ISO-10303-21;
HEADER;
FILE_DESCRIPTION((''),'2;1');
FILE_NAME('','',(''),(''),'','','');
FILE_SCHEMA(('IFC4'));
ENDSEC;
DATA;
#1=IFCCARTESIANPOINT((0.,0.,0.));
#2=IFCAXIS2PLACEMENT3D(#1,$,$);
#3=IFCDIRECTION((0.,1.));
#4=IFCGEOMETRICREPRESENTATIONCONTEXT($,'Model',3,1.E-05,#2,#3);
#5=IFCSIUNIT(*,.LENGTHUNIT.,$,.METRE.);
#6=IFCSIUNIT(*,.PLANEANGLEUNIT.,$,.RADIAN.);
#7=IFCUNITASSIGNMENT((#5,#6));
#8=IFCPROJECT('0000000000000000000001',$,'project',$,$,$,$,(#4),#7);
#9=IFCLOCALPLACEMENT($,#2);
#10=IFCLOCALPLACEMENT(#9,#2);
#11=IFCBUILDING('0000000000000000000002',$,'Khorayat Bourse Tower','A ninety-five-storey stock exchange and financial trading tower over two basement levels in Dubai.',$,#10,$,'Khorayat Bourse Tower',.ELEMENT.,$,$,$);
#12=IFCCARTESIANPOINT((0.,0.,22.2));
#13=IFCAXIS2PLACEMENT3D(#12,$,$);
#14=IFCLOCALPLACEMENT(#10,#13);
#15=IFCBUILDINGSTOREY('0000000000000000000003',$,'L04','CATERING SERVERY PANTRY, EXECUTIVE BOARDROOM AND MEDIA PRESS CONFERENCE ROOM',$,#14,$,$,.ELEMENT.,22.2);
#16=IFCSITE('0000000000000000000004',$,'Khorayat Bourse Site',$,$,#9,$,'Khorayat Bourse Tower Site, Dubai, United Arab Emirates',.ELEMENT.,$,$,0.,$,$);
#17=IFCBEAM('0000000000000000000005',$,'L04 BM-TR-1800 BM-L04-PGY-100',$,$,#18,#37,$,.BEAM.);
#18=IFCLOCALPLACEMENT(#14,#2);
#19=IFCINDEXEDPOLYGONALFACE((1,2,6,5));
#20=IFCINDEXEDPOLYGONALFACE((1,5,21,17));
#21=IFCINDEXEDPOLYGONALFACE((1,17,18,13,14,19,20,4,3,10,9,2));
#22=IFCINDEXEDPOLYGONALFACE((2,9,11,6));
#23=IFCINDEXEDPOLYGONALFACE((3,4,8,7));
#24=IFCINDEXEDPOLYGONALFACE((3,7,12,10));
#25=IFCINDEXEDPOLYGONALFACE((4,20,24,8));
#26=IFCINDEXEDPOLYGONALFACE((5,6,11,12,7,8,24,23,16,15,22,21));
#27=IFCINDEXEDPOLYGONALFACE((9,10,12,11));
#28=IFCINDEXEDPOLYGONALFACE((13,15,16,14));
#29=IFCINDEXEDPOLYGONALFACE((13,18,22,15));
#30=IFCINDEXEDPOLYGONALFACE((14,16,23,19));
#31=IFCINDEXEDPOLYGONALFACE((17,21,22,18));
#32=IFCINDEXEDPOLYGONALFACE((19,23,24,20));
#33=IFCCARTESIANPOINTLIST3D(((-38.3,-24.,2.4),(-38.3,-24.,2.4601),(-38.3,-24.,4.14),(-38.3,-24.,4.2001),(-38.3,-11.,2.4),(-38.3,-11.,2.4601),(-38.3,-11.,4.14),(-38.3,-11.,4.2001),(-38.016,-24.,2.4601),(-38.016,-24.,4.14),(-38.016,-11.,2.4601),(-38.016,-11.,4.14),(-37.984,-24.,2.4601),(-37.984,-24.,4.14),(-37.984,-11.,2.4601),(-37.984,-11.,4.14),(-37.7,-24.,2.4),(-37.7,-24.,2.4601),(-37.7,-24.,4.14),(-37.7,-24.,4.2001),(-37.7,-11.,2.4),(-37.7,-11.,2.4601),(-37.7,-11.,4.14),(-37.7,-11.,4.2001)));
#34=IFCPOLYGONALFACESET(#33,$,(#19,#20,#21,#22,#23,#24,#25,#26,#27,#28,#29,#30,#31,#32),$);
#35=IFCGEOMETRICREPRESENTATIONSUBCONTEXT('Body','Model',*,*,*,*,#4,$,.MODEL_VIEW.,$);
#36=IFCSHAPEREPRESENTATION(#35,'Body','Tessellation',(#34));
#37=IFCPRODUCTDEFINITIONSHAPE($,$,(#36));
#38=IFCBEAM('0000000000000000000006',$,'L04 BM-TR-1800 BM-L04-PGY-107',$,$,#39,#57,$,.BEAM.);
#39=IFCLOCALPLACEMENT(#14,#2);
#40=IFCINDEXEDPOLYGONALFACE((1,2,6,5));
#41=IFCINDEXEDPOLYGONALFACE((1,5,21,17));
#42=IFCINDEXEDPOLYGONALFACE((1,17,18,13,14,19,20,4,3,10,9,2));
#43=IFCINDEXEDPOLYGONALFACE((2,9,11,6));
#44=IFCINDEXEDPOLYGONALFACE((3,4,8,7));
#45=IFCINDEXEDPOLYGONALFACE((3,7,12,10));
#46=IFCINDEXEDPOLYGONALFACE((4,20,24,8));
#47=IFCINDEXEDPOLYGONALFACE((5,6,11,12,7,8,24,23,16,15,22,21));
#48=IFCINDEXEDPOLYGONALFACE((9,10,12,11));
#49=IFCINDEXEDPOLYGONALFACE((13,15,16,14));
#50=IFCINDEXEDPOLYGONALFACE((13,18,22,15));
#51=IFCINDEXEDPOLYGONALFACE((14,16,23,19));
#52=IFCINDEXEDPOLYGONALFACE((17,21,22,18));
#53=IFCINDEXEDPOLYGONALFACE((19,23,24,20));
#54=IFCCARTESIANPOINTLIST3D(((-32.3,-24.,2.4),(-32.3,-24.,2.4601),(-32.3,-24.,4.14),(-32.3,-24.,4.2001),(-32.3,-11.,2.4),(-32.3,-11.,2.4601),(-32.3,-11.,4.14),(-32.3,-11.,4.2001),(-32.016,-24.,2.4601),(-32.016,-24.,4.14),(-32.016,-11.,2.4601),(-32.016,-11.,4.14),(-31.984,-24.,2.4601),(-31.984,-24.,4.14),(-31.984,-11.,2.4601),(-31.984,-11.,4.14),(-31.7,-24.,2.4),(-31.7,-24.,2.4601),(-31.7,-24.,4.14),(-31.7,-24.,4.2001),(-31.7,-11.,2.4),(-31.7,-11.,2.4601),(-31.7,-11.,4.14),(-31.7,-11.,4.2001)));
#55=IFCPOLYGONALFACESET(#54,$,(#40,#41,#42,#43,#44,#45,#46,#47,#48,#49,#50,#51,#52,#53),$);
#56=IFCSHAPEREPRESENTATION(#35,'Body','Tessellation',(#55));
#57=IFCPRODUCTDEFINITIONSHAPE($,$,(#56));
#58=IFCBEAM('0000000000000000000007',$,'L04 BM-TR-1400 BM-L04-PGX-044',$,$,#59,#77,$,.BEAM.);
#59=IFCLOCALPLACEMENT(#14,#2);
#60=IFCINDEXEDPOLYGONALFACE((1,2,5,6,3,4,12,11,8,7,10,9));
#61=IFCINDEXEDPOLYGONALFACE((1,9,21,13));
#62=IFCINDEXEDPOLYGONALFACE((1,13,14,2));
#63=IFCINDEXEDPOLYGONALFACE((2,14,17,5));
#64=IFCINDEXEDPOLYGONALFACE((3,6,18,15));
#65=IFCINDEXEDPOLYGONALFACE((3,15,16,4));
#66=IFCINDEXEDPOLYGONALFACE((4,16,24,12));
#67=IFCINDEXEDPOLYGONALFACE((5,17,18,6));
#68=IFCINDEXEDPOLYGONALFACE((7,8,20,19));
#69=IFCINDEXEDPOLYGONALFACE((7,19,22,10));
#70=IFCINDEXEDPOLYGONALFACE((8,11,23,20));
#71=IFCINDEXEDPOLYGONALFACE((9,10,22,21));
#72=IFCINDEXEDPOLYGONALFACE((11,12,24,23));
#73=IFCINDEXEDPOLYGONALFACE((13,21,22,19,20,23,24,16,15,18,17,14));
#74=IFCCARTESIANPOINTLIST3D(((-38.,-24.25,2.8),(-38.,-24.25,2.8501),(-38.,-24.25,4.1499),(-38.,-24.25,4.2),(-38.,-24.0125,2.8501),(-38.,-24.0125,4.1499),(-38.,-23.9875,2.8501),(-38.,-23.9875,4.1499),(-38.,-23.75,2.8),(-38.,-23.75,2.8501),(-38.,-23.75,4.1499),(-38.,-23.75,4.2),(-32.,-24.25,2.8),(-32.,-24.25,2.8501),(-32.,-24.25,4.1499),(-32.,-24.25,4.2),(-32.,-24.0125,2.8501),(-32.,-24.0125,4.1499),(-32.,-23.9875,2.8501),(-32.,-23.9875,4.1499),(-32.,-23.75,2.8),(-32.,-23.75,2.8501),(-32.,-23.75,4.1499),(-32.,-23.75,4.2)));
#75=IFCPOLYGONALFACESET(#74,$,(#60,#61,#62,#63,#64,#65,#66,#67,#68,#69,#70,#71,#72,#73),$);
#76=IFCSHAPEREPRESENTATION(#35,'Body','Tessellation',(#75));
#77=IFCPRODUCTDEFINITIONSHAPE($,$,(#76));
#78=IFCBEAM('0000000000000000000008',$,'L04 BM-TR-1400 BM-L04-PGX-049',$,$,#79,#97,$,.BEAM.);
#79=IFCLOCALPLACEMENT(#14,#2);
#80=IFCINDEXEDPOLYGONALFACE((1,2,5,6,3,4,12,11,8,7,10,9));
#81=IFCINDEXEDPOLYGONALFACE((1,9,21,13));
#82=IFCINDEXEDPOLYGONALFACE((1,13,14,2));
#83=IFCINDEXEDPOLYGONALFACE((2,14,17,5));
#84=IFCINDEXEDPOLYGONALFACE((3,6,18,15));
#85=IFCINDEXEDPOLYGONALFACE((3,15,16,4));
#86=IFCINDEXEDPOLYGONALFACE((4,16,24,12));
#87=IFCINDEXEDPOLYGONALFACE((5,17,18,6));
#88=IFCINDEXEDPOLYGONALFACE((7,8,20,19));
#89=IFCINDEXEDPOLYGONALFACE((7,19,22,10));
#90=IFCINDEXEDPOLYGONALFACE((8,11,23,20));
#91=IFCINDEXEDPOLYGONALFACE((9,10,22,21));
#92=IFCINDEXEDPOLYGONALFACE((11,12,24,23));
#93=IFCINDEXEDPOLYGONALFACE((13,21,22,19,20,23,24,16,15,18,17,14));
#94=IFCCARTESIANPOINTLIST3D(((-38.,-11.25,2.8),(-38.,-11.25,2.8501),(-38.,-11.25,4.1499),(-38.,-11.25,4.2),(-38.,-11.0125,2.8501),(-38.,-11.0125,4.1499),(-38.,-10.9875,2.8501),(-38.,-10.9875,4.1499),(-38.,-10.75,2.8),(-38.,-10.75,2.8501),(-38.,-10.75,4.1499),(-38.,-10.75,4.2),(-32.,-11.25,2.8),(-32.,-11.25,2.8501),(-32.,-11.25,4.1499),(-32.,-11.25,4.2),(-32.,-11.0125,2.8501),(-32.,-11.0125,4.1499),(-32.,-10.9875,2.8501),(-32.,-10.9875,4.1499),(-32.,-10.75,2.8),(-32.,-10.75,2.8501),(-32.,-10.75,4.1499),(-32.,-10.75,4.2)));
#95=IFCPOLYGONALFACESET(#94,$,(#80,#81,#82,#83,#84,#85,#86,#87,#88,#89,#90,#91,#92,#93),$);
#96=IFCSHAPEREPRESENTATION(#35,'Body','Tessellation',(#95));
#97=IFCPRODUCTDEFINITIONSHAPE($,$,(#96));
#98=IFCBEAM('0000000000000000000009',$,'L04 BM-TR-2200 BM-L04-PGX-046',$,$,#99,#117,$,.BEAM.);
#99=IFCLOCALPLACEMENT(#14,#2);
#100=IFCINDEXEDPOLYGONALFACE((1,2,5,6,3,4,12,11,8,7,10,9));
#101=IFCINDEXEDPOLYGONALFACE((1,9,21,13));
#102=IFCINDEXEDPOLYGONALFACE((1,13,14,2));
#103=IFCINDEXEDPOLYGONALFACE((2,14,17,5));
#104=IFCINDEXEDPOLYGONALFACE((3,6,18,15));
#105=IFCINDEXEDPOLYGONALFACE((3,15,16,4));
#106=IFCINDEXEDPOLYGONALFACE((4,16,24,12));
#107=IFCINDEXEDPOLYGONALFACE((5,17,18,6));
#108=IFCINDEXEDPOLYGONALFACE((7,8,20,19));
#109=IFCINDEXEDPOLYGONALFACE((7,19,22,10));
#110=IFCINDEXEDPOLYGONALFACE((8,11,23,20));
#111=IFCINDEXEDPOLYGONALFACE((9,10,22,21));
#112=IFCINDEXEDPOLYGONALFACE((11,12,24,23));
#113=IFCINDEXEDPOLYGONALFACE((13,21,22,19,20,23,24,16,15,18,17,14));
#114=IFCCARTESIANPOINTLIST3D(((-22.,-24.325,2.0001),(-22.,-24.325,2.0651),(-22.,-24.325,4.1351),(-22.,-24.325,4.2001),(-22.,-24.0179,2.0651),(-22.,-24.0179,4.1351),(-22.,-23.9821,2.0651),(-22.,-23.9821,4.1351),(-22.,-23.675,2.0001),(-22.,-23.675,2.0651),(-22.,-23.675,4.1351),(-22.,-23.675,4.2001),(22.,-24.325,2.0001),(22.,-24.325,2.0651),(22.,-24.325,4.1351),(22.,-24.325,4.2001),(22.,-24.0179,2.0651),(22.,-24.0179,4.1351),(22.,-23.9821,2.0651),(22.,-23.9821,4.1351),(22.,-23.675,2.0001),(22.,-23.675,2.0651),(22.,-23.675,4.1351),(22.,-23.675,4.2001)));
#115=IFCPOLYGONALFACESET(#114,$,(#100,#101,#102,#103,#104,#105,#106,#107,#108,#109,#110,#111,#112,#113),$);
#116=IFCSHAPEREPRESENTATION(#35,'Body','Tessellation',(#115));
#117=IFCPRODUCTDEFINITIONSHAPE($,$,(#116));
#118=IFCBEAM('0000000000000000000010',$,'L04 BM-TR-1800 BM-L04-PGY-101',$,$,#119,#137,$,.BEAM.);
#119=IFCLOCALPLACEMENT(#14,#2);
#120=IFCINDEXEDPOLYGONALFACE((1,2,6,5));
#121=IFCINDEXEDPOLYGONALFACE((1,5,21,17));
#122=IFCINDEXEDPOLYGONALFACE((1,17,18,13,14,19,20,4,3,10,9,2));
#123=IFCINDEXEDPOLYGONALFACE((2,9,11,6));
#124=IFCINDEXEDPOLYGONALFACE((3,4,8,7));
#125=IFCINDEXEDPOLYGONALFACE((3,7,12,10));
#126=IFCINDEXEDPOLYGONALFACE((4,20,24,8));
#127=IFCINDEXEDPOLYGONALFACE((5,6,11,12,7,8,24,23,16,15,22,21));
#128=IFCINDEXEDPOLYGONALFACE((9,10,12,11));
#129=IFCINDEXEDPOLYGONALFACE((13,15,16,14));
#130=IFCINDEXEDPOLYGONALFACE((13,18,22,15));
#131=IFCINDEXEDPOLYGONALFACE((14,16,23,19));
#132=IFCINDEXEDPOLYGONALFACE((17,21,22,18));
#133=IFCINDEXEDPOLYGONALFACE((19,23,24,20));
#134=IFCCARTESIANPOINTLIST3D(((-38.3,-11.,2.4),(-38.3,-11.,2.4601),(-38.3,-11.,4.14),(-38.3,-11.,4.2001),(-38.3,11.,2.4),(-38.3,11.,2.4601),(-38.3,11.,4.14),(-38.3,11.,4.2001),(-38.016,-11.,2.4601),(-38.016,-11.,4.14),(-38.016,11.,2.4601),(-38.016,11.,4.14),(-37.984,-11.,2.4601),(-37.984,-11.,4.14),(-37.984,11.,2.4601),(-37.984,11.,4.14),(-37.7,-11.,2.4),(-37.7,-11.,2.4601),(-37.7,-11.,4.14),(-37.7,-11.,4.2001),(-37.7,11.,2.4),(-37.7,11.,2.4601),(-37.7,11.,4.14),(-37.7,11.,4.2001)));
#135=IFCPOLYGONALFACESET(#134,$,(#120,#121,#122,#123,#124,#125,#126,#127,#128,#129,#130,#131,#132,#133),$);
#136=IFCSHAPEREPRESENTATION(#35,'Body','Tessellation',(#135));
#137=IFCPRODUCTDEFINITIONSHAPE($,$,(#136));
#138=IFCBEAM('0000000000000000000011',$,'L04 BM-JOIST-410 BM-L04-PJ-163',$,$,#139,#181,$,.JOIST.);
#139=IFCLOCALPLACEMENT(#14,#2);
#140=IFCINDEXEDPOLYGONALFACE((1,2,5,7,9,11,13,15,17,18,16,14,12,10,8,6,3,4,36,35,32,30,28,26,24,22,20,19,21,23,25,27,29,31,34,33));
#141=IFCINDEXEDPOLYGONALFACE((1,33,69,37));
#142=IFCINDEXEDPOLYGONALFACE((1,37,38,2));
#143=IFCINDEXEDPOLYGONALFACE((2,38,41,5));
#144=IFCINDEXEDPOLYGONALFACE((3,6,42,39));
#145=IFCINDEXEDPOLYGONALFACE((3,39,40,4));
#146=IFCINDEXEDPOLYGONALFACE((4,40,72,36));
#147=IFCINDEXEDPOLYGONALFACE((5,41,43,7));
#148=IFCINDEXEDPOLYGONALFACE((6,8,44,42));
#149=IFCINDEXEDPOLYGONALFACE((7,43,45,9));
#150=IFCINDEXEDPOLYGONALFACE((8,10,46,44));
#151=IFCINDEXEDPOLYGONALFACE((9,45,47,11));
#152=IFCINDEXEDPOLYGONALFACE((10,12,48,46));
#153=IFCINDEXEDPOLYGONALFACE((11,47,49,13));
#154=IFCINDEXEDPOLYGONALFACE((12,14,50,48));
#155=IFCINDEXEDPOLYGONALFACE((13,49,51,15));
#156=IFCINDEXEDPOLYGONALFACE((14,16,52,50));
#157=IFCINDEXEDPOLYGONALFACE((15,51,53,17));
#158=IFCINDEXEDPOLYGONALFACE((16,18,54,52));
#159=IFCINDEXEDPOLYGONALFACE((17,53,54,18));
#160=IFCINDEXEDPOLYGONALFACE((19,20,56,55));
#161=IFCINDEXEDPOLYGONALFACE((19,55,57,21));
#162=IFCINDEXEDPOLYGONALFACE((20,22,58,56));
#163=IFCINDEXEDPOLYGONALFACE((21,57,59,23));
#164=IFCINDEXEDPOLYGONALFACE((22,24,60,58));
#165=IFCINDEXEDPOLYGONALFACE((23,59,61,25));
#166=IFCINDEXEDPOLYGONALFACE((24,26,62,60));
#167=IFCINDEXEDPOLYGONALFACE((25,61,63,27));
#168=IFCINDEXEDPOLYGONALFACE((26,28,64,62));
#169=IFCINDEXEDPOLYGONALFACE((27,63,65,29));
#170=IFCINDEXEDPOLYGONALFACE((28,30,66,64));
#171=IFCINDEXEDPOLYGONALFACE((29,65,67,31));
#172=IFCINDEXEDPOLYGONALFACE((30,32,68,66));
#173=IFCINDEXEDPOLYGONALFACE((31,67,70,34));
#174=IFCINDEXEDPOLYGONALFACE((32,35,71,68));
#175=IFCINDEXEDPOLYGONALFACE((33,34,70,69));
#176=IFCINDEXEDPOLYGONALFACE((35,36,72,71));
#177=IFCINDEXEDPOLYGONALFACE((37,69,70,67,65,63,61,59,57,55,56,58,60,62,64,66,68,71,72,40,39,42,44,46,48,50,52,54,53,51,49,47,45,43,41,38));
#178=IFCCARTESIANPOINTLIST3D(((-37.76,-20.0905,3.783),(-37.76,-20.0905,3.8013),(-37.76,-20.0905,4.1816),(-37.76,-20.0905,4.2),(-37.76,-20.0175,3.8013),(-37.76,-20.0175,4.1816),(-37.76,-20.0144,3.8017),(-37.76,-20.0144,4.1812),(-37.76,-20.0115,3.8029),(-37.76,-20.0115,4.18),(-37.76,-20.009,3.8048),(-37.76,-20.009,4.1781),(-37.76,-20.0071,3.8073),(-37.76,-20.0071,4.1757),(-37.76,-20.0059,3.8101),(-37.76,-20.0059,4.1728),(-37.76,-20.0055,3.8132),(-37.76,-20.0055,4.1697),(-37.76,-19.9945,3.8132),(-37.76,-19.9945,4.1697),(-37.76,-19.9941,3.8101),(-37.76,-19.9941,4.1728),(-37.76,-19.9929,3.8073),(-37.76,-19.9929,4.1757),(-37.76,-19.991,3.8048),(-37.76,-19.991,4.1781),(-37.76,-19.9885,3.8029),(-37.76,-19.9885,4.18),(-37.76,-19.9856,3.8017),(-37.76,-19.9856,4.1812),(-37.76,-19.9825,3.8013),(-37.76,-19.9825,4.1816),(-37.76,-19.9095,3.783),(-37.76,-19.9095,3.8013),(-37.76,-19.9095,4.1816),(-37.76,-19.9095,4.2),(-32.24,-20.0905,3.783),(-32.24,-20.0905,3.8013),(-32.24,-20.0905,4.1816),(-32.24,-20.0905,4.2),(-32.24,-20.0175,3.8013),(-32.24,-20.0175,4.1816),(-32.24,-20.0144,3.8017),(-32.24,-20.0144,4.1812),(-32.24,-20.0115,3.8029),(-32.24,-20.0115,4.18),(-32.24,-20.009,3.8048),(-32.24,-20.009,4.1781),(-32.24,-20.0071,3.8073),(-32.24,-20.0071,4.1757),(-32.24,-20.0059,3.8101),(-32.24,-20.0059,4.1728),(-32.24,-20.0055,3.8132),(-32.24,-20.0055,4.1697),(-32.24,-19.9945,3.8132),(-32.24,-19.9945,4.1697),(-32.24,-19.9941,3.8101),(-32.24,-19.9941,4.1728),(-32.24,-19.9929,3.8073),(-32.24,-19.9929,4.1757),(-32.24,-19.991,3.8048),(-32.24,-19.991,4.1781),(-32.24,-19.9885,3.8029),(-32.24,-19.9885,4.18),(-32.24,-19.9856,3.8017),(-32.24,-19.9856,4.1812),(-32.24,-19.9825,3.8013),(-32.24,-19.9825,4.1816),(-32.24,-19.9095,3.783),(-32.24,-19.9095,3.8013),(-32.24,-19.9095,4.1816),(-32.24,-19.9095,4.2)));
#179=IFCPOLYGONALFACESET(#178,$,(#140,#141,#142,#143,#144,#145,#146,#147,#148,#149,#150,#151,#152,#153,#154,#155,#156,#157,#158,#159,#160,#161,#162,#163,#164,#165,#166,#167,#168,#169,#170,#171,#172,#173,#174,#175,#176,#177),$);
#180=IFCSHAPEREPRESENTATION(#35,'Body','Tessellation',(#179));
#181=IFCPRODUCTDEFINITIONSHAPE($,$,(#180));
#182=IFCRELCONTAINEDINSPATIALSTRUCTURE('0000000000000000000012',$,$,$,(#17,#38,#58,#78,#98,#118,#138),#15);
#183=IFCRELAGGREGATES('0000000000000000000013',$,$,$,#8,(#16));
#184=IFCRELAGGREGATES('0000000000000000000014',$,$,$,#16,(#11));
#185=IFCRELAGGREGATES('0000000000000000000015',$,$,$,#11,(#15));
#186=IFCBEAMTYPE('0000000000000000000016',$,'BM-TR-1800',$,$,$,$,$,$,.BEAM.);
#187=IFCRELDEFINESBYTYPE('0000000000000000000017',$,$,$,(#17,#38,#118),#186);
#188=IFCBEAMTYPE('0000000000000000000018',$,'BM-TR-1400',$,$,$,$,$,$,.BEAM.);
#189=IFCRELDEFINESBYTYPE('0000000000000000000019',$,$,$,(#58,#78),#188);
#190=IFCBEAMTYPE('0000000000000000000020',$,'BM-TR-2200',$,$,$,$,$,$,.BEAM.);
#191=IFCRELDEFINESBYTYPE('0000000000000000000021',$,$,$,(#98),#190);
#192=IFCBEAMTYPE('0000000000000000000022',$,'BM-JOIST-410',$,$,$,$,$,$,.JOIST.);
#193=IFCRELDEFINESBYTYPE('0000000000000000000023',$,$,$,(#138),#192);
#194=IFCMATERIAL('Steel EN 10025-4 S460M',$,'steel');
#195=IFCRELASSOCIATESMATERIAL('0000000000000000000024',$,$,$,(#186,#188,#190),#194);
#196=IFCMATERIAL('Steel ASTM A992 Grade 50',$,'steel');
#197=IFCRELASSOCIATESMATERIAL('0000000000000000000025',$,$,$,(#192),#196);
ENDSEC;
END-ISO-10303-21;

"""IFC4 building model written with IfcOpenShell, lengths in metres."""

from ifc_helpers import new_model, si_unit, direction, frame, origin, origin_2d, place, context, subcontext, project, spatial, i_section, extrude, source, transform, mapped, material, material_profile, profile_set, type_object, element, save


model = new_model("IFC4")

# Units and contexts
model_context = context("Model", 3, precision=1e-05, world=origin(), true_north=direction((0.0, 1.0)))
body_context = subcontext(model_context, "Body", "Model", "MODEL_VIEW")
ifc_project = project(units=[si_unit("LENGTHUNIT", "METRE"), si_unit("PLANEANGLEUNIT", "RADIAN")], contexts=[model_context])

# Site, building, storey
site_placement = place(None, origin())
site = spatial("IfcSite", under=ifc_project, at=site_placement, Name="Khorayat Bourse Site", LongName="Khorayat Bourse Tower Site, Dubai, United Arab Emirates", CompositionType="ELEMENT", RefElevation=0.0)
building_placement = place(site_placement, origin())
building = spatial("IfcBuilding", under=site, at=building_placement, Name="Khorayat Bourse Tower", Description="A ninety-five-storey stock exchange and financial trading tower over two basement levels in Dubai.", LongName="Khorayat Bourse Tower", CompositionType="ELEMENT")
storey_placement = place(building_placement, frame((0.0, 0.0, 22.2)))
storey = spatial("IfcBuildingStorey", under=building, at=storey_placement, Name="L04", Description="CATERING SERVERY PANTRY, EXECUTIVE BOARDROOM AND MEDIA PRESS CONFERENCE ROOM", CompositionType="ELEMENT", Elevation=22.2)

# Beams
ifc_material_1 = material(Name="Steel EN 10025-4 S460M", Category="steel")
ifc_material_profile_1 = material_profile(ifc_material_1, i_section(OverallWidth=0.6001, OverallDepth=1.8, WebThickness=0.032, FlangeThickness=0.0601, at=origin_2d()), Name="PG 1800x600x32x60")
ifc_profile_set_1 = profile_set([ifc_material_profile_1], Name="Steel EN 10025-4 S460M")
beam_type_1 = type_object("IfcBeamType", Name="BM-TR-1800", PredefinedType="BEAM", material=ifc_profile_set_1)
shared_shape_1 = source(origin(), body_context, "Body", "SweptSolid", [
    extrude(i_section(OverallWidth=0.6001, OverallDepth=1.8, WebThickness=0.032, FlangeThickness=0.0601, at=origin_2d()), origin(), (0.0, 0.0, 1.0), 13.0),
])
for number, where, z_axis, x_axis, name in (
    (1, (-38.0, -24.0, 3.3), (0.0, 1.0, 0.0), (-1.0, 0.0, 0.0), "L04 BM-TR-1800 BM-L04-PGY-100"),
    (2, (-32.0, -24.0, 3.3), (0.0, 1.0, 0.0), (-1.0, 0.0, 0.0), "L04 BM-TR-1800 BM-L04-PGY-107"),
):
    element("IfcBeam", number, at=place(storey_placement, frame(where, z_axis=z_axis, x_axis=x_axis)), inside=storey, type_object=beam_type_1, Name=name, PredefinedType="BEAM", context=body_context, shape_type="MappedRepresentation", body=[
        mapped(shared_shape_1, transform((0.0, 0.0, 0.0), scale=1.0)),
    ])
ifc_material_profile_2 = material_profile(ifc_material_1, i_section(OverallWidth=0.5, OverallDepth=1.3999, WebThickness=0.0249, FlangeThickness=0.05, at=origin_2d()), Name="PG 1400x500x25x50")
ifc_profile_set_2 = profile_set([ifc_material_profile_2], Name="Steel EN 10025-4 S460M")
beam_type_2 = type_object("IfcBeamType", Name="BM-TR-1400", PredefinedType="BEAM", material=ifc_profile_set_2)
shared_shape_2 = source(origin(), body_context, "Body", "SweptSolid", [
    extrude(i_section(OverallWidth=0.5, OverallDepth=1.3999, WebThickness=0.0249, FlangeThickness=0.05, at=origin_2d()), origin(), (0.0, 0.0, 1.0), 6.0),
])
for number, where, z_axis, x_axis, name in (
    (3, (-38.0, -24.0, 3.5), (1.0, 0.0, 0.0), (0.0, 1.0, 0.0), "L04 BM-TR-1400 BM-L04-PGX-044"),
    (4, (-38.0, -11.0, 3.5), (1.0, 0.0, 0.0), (0.0, 1.0, 0.0), "L04 BM-TR-1400 BM-L04-PGX-049"),
):
    element("IfcBeam", number, at=place(storey_placement, frame(where, z_axis=z_axis, x_axis=x_axis)), inside=storey, type_object=beam_type_2, Name=name, PredefinedType="BEAM", context=body_context, shape_type="MappedRepresentation", body=[
        mapped(shared_shape_2, transform((0.0, 0.0, 0.0), scale=1.0)),
    ])
ifc_material_profile_3 = material_profile(ifc_material_1, i_section(OverallWidth=0.6499, OverallDepth=2.2, WebThickness=0.0359, FlangeThickness=0.0649, at=origin_2d()), Name="PG 2200x650x36x65")
ifc_profile_set_3 = profile_set([ifc_material_profile_3], Name="Steel EN 10025-4 S460M")
beam_type_3 = type_object("IfcBeamType", Name="BM-TR-2200", PredefinedType="BEAM", material=ifc_profile_set_3)
shared_shape_3 = source(origin(), body_context, "Body", "SweptSolid", [
    extrude(i_section(OverallWidth=0.6499, OverallDepth=2.2, WebThickness=0.0359, FlangeThickness=0.0649, at=origin_2d()), origin(), (0.0, 0.0, 1.0), 44.0),
])
beam_1_placement = place(storey_placement, frame((-22.0, -24.0, 3.1001), z_axis=(1.0, 0.0, 0.0), x_axis=(0.0, 1.0, 0.0)))
element("IfcBeam", 5, at=beam_1_placement, inside=storey, type_object=beam_type_3, Name="L04 BM-TR-2200 BM-L04-PGX-046", PredefinedType="BEAM", context=body_context, shape_type="MappedRepresentation", body=[
    mapped(shared_shape_3, transform((0.0, 0.0, 0.0), scale=1.0)),
])
shared_shape_4 = source(origin(), body_context, "Body", "SweptSolid", [
    extrude(i_section(OverallWidth=0.6001, OverallDepth=1.8, WebThickness=0.032, FlangeThickness=0.0601, at=origin_2d()), origin(), (0.0, 0.0, 1.0), 22.0),
])
beam_2_placement = place(storey_placement, frame((-38.0, -11.0, 3.3), z_axis=(0.0, 1.0, 0.0), x_axis=(-1.0, 0.0, 0.0)))
element("IfcBeam", 6, at=beam_2_placement, inside=storey, type_object=beam_type_1, Name="L04 BM-TR-1800 BM-L04-PGY-101", PredefinedType="BEAM", context=body_context, shape_type="MappedRepresentation", body=[
    mapped(shared_shape_4, transform((0.0, 0.0, 0.0), scale=1.0)),
])
ifc_material_2 = material(Name="Steel ASTM A992 Grade 50", Category="steel")
ifc_material_profile_4 = material_profile(ifc_material_2, i_section(OverallWidth=0.1809, OverallDepth=0.417, WebThickness=0.011, FlangeThickness=0.0183, FilletRadius=0.012, at=origin_2d()), Name="W410X85")
ifc_profile_set_4 = profile_set([ifc_material_profile_4], Name="Steel ASTM A992 Grade 50")
beam_type_4 = type_object("IfcBeamType", Name="BM-JOIST-410", PredefinedType="JOIST", material=ifc_profile_set_4)
shared_shape_5 = source(origin(), body_context, "Body", "SweptSolid", [
    extrude(i_section(OverallWidth=0.1809, OverallDepth=0.417, WebThickness=0.011, FlangeThickness=0.0183, FilletRadius=0.012, at=origin_2d()), origin(), (0.0, 0.0, 1.0), 5.52),
])
for number, where, z_axis, x_axis, name in (
    (7, (-37.76, -20.0, 3.9915), (1.0, 0.0, 0.0), (0.0, 1.0, 0.0), "L04 BM-JOIST-410 BM-L04-PJ-163"),
):
    element("IfcBeam", number, at=place(storey_placement, frame(where, z_axis=z_axis, x_axis=x_axis)), inside=storey, type_object=beam_type_4, Name=name, PredefinedType="JOIST", context=body_context, shape_type="MappedRepresentation", body=[
        mapped(shared_shape_5, transform((0.0, 0.0, 0.0), scale=1.0)),
    ])

save(model, "model.ifc")
